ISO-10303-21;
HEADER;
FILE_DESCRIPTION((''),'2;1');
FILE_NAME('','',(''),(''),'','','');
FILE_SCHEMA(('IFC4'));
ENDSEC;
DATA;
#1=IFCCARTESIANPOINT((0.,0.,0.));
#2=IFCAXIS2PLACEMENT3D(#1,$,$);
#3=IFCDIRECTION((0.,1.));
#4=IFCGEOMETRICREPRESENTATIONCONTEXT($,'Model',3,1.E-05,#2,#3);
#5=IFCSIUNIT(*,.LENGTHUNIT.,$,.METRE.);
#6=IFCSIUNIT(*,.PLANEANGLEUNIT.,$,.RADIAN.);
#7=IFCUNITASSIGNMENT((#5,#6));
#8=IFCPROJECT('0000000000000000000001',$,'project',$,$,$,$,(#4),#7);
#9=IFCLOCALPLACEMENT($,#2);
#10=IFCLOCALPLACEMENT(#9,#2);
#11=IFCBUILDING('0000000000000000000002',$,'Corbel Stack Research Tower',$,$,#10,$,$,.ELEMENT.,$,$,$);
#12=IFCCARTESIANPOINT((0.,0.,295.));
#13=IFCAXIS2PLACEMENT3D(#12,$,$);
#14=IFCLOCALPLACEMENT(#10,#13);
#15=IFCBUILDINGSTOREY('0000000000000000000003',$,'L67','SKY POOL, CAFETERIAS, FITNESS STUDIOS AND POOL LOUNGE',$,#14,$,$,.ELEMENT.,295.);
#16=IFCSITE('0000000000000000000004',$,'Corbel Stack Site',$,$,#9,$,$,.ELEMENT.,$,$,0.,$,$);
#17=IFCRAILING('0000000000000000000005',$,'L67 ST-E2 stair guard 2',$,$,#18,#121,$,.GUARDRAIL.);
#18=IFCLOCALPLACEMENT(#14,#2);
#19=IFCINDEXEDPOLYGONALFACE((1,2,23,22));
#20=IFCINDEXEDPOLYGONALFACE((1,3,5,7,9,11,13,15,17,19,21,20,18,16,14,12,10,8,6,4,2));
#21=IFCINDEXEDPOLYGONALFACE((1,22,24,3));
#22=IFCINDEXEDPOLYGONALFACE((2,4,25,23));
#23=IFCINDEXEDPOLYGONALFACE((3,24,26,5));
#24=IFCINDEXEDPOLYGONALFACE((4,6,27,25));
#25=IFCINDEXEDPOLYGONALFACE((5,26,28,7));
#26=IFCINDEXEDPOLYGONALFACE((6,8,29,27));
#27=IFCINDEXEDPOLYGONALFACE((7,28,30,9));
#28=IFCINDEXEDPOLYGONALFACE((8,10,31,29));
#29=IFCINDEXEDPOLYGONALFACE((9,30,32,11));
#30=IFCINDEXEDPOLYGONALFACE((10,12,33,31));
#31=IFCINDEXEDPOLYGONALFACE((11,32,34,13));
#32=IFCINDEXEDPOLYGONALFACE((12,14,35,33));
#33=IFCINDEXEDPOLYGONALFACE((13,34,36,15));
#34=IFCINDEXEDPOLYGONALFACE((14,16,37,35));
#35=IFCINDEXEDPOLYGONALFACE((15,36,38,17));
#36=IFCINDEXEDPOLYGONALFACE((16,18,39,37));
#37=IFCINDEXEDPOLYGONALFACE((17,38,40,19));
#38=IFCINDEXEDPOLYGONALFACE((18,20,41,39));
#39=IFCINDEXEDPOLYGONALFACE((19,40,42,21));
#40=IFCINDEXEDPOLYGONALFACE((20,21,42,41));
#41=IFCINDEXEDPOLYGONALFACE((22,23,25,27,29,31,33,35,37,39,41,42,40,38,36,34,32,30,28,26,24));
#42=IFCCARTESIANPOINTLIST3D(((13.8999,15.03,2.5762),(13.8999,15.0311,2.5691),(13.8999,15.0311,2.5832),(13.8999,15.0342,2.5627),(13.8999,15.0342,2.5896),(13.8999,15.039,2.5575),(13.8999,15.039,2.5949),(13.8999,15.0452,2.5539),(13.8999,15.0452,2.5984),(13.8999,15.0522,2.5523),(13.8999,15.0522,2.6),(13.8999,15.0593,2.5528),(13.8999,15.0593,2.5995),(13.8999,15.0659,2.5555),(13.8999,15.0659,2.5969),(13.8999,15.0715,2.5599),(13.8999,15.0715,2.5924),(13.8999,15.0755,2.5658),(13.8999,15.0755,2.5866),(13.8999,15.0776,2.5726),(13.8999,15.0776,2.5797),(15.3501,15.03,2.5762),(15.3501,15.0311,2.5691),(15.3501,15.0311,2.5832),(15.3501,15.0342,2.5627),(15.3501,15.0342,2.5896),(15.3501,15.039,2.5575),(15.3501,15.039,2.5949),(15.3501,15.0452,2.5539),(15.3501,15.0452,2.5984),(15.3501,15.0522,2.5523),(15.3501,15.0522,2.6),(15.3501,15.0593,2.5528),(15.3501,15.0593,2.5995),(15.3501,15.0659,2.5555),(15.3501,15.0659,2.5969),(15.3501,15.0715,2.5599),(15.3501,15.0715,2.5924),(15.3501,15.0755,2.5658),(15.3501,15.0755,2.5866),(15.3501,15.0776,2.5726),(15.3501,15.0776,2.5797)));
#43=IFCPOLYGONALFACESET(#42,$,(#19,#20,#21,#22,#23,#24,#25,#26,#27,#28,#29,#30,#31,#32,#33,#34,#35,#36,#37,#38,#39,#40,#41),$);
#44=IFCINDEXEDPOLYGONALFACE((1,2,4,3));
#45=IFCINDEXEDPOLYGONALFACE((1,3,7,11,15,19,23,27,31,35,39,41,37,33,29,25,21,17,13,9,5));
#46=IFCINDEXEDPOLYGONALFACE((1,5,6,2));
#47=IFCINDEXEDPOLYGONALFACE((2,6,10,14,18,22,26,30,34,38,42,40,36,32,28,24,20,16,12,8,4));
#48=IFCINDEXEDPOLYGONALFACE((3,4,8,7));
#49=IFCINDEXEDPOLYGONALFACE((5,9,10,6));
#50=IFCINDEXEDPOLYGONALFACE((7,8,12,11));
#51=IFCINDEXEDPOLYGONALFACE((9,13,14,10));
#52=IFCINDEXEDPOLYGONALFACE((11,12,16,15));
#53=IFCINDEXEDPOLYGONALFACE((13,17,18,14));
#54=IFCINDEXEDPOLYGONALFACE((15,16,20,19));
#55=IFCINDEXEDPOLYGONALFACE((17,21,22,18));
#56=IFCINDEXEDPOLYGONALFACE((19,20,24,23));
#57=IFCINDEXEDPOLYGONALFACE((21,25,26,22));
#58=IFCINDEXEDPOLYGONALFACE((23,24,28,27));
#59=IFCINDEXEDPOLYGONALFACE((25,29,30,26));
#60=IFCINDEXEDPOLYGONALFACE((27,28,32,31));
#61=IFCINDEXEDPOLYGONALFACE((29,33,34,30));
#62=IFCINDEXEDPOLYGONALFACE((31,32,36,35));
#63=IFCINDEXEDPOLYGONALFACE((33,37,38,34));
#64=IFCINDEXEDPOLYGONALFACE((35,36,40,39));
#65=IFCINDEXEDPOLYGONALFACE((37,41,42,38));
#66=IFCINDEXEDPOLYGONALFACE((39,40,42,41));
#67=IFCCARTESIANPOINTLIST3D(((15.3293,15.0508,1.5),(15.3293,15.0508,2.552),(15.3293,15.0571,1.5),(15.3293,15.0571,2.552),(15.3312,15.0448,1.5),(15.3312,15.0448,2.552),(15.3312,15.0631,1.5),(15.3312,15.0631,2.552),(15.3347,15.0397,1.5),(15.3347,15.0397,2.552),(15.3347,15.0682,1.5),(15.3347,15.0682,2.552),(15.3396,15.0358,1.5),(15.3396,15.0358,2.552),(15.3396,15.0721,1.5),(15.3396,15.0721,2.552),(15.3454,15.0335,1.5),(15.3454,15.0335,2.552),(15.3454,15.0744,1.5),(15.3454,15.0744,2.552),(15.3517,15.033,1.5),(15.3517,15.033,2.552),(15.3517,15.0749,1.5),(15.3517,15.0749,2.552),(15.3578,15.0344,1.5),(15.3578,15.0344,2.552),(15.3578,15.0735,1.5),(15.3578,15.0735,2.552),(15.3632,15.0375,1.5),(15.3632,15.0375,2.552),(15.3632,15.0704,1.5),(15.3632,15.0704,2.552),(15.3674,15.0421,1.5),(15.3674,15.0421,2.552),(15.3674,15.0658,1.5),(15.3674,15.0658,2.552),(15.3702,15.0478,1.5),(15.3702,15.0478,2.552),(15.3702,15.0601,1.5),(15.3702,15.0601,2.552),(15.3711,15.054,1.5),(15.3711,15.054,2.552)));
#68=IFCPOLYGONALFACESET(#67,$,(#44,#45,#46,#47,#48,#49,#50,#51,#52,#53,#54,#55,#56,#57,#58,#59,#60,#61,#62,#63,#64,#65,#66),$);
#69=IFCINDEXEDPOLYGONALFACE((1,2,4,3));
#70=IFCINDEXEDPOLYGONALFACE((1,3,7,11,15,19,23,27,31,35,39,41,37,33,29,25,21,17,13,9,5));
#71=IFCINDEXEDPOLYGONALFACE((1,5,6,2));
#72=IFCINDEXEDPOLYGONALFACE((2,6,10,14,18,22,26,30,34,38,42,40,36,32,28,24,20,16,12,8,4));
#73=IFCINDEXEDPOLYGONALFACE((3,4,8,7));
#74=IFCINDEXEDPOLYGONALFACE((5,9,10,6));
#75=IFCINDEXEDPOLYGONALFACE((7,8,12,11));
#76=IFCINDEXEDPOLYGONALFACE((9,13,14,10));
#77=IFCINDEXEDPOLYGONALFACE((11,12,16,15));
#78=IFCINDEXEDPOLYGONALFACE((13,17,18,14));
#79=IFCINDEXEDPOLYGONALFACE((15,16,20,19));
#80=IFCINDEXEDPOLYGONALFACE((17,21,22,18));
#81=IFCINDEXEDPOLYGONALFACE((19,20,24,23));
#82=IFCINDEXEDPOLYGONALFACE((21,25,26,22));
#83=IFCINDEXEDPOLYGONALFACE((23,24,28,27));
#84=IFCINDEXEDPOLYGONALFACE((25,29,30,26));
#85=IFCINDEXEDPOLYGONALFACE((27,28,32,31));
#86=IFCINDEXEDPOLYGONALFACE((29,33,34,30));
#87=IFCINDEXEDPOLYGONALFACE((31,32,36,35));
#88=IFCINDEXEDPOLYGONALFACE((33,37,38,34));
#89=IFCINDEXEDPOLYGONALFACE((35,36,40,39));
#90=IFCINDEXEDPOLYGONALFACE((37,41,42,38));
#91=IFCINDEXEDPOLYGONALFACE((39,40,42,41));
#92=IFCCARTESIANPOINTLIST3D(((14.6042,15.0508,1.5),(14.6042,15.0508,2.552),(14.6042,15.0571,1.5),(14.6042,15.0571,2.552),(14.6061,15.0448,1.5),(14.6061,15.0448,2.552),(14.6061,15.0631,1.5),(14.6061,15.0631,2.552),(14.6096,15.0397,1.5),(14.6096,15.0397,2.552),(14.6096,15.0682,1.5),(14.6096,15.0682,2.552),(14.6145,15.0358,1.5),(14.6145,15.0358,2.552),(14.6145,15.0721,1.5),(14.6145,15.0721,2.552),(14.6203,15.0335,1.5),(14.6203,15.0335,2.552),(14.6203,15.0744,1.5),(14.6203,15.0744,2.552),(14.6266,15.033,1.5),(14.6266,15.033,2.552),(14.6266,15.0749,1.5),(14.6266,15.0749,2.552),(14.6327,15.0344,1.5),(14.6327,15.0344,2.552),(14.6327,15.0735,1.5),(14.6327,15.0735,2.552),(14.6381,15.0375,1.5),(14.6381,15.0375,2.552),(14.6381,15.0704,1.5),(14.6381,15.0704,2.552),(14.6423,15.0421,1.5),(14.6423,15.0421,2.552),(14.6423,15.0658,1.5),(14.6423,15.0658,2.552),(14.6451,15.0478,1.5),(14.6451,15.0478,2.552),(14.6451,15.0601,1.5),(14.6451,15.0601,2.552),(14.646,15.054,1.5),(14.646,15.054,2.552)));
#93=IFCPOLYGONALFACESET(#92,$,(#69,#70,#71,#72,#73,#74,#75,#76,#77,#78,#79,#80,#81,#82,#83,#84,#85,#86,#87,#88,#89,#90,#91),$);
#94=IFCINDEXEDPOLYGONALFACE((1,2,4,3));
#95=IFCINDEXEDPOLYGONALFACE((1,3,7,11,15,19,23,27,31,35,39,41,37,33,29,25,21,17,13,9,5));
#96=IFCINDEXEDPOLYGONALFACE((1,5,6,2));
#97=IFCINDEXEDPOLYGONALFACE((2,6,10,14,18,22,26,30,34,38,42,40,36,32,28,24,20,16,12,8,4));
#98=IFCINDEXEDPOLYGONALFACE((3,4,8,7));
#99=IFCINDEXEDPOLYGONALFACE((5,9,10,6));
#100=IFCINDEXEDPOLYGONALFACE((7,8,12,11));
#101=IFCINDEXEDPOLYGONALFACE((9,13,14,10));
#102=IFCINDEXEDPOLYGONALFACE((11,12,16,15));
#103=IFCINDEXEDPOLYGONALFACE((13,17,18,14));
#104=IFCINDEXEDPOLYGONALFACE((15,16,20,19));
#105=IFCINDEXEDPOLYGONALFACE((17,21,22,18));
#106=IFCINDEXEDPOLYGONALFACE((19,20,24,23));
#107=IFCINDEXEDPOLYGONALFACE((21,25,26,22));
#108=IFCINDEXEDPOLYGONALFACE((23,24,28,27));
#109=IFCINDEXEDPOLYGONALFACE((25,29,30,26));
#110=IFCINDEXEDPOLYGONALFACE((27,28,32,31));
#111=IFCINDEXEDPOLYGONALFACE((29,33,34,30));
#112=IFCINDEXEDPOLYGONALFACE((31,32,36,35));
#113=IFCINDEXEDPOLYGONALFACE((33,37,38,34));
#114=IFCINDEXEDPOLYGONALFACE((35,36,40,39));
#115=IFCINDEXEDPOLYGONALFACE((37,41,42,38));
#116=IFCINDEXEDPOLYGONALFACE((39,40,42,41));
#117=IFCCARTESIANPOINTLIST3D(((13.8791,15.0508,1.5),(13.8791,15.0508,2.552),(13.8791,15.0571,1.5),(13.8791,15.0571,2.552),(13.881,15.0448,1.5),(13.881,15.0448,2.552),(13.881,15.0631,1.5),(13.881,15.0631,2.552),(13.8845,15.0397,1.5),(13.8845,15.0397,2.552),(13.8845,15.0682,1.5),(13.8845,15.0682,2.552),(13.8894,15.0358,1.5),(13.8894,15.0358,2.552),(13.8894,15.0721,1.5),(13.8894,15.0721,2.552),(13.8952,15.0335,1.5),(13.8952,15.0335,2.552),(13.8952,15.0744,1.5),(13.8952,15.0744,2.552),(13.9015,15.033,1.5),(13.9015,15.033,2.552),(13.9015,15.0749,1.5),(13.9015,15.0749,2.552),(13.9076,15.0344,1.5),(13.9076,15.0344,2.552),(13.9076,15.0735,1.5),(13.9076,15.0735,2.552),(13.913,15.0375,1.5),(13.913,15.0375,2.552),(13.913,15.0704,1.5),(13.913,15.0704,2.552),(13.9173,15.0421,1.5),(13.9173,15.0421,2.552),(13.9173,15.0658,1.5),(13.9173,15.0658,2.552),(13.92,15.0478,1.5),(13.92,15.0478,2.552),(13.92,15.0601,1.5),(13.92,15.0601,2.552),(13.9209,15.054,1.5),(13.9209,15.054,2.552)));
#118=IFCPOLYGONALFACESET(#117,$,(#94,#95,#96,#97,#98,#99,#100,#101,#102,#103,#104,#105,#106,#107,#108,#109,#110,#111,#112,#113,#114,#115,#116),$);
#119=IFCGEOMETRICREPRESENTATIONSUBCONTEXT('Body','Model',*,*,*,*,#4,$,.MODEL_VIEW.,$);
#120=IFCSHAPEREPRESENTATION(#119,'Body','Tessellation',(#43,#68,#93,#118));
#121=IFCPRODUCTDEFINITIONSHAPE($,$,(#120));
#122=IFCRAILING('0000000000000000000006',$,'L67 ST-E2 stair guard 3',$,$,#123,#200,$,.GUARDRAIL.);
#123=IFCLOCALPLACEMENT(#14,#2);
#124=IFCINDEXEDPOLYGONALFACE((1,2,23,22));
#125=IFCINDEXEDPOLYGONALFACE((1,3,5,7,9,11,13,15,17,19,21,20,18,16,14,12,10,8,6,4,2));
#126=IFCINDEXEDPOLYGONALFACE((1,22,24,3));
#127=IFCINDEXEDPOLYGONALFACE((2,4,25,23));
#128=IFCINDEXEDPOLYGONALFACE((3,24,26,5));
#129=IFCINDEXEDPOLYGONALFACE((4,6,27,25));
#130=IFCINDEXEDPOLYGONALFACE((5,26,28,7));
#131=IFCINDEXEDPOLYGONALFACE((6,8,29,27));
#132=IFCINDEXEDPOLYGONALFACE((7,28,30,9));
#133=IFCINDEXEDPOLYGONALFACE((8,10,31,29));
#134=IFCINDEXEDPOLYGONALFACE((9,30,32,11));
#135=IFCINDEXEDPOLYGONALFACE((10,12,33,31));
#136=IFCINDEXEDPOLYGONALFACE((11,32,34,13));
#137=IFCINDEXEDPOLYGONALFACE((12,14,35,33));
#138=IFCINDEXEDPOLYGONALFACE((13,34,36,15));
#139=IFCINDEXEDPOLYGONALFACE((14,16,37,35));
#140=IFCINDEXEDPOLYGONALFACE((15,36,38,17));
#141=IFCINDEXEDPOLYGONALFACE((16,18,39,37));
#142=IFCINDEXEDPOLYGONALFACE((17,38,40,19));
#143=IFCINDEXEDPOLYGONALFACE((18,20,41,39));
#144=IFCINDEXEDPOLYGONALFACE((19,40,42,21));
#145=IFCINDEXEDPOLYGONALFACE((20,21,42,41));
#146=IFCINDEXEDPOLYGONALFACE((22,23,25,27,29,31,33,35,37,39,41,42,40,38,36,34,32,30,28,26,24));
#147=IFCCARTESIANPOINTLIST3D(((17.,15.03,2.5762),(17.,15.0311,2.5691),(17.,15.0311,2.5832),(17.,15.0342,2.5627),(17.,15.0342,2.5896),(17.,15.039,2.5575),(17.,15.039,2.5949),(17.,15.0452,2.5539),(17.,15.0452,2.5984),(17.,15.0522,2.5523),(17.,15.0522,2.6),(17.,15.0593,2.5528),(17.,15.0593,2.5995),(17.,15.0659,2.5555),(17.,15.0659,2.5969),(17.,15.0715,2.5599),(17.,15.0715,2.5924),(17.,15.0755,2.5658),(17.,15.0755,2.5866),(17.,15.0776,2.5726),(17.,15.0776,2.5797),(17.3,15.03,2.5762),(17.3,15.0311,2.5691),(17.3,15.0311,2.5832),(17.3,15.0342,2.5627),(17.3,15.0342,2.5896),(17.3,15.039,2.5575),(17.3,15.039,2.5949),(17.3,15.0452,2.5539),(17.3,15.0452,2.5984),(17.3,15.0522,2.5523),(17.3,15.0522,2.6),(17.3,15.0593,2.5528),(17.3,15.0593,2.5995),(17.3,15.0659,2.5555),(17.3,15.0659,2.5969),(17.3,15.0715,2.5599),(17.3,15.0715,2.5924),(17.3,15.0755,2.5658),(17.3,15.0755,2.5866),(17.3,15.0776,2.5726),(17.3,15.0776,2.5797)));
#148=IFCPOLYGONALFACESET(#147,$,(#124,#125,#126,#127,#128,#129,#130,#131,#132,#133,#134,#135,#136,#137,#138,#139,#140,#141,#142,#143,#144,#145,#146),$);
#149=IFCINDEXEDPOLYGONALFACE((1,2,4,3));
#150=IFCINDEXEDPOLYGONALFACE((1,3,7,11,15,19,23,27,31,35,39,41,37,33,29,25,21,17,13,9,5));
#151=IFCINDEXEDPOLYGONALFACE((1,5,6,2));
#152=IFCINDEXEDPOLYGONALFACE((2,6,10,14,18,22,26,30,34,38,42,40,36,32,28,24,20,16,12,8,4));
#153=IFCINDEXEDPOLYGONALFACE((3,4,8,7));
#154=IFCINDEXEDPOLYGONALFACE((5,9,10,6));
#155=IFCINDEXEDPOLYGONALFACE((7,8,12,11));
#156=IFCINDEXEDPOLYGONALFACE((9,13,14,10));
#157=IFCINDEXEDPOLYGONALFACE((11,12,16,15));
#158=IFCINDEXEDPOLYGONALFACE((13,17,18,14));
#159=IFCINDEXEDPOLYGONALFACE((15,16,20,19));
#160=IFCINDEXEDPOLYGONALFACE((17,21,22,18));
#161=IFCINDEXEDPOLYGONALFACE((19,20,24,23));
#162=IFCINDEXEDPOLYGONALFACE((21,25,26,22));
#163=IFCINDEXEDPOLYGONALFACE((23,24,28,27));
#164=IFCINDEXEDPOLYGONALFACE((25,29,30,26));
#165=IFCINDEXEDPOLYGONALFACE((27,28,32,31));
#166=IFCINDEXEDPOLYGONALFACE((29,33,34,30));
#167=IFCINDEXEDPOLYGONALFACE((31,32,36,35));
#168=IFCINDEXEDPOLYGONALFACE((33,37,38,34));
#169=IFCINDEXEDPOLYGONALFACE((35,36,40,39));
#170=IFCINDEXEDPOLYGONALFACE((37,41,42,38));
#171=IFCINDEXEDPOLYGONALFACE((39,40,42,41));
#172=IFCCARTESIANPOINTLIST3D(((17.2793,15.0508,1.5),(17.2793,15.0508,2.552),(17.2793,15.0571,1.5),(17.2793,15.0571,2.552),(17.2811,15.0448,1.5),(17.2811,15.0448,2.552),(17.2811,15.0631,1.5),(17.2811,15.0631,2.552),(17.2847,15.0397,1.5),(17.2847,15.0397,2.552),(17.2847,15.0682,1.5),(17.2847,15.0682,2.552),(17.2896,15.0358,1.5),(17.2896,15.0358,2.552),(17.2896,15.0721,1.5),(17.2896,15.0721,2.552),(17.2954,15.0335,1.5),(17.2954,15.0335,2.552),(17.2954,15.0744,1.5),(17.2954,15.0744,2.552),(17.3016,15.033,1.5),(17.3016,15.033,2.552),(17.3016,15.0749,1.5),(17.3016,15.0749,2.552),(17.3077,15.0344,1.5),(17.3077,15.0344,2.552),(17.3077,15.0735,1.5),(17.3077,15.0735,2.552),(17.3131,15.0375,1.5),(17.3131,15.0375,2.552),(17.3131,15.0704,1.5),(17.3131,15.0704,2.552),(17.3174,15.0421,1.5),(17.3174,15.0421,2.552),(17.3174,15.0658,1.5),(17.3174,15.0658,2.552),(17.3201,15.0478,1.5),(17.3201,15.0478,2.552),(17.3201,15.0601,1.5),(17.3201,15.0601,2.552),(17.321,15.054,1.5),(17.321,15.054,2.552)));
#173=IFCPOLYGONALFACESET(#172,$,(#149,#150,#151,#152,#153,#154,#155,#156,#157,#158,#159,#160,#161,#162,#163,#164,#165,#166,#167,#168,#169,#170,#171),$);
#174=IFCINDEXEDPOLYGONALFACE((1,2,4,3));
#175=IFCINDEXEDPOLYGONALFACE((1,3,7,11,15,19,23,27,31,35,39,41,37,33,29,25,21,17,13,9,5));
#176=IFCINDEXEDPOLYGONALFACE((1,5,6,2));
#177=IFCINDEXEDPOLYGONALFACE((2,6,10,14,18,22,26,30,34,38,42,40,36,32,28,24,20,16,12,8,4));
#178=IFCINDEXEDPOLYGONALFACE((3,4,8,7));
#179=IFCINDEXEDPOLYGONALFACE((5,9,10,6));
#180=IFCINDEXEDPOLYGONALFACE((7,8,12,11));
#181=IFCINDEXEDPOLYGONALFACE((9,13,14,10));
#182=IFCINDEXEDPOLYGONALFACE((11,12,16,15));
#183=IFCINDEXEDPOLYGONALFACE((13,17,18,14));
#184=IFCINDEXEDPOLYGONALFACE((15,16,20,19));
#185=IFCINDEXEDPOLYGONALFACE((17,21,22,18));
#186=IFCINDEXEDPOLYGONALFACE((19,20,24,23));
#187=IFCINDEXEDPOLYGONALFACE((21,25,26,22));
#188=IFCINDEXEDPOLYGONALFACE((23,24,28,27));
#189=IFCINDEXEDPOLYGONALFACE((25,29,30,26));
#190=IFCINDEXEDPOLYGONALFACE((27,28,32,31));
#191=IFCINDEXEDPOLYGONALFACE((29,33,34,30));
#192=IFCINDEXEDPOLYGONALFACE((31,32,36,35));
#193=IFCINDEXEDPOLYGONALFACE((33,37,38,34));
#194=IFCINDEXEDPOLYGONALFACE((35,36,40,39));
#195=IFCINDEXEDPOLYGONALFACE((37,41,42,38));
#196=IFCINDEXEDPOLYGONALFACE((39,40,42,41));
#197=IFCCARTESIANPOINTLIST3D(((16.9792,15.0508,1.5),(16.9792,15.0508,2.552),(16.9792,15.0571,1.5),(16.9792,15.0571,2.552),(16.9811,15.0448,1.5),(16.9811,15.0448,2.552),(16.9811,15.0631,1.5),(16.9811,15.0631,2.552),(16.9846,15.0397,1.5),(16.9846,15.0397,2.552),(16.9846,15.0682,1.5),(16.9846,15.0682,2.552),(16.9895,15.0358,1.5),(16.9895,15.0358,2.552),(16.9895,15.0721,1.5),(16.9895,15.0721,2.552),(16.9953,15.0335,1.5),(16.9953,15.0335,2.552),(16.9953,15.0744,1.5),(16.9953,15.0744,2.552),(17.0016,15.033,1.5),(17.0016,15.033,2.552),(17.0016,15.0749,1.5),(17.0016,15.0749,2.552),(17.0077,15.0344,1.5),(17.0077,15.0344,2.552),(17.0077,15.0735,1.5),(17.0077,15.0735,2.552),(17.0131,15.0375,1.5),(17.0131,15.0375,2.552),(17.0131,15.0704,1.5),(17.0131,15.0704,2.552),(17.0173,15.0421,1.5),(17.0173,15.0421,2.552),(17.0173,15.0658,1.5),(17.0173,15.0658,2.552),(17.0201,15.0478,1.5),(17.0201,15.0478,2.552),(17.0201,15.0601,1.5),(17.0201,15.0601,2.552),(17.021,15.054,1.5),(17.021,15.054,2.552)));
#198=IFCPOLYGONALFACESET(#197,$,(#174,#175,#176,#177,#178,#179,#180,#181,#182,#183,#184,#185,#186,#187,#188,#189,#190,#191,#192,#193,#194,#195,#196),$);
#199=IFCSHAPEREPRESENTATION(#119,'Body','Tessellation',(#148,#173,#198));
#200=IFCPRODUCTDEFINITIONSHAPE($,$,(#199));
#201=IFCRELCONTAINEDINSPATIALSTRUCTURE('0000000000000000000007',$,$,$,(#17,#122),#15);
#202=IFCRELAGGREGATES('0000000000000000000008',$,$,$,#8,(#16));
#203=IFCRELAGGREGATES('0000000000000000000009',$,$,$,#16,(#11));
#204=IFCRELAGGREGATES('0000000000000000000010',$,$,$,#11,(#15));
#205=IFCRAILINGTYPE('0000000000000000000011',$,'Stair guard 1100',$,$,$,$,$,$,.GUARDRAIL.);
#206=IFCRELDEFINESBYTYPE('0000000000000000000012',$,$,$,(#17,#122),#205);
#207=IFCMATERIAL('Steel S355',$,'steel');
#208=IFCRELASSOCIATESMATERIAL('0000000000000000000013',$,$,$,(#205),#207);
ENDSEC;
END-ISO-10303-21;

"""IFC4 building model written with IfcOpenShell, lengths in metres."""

from ifc_helpers import new_model, si_unit, direction, frame, origin, origin_2d, place, context, subcontext, project, spatial, circle, extrude, material, type_object, element, save


model = new_model("IFC4")

# Units and contexts
model_context = context("Model", 3, precision=1e-05, world=origin(), true_north=direction((0.0, 1.0)))
body_context = subcontext(model_context, "Body", "Model", "MODEL_VIEW")
ifc_project = project(units=[si_unit("LENGTHUNIT", "METRE"), si_unit("PLANEANGLEUNIT", "RADIAN")], contexts=[model_context])

# Site, building, storey
site_placement = place(None, origin())
site = spatial("IfcSite", under=ifc_project, at=site_placement, Name="Corbel Stack Site", CompositionType="ELEMENT", RefElevation=0.0)
building_placement = place(site_placement, origin())
building = spatial("IfcBuilding", under=site, at=building_placement, Name="Corbel Stack Research Tower", CompositionType="ELEMENT")
storey_placement = place(building_placement, frame((0.0, 0.0, 295.0)))
storey = spatial("IfcBuildingStorey", under=building, at=storey_placement, Name="L67", Description="SKY POOL, CAFETERIAS, FITNESS STUDIOS AND POOL LOUNGE", CompositionType="ELEMENT", Elevation=295.0)

# Railings
ifc_material_1 = material(Name="Steel S355", Category="steel")
railing_type_1 = type_object("IfcRailingType", Name="Stair guard 1100", PredefinedType="GUARDRAIL", material=ifc_material_1)
railing_1_placement = place(storey_placement, frame((15.3501, 15.054, 1.5)))
element("IfcRailing", 1, at=railing_1_placement, inside=storey, type_object=railing_type_1, Name="L67 ST-E2 stair guard 2", PredefinedType="GUARDRAIL", context=body_context, shape_type="SweptSolid", body=[
    extrude(circle(Radius=0.0239, at=origin_2d()), frame((0.0, 0.0, 1.0762), z_axis=(-1.0, 0.0, 0.0), x_axis=(0.0, -1.0, 0.0)), (0.0, 0.0, 1.0), 1.4502),
    extrude(circle(Radius=0.021, at=origin_2d()), origin(), (0.0, 0.0, 1.0), 1.052),
    extrude(circle(Radius=0.021, at=origin_2d()), frame((-0.7251, 0.0, 0.0)), (0.0, 0.0, 1.0), 1.052),
    extrude(circle(Radius=0.021, at=origin_2d()), frame((-1.4502, 0.0, 0.0)), (0.0, 0.0, 1.0), 1.052),
])
railing_2_placement = place(storey_placement, frame((17.3, 15.054, 1.5)))
element("IfcRailing", 2, at=railing_2_placement, inside=storey, type_object=railing_type_1, Name="L67 ST-E2 stair guard 3", PredefinedType="GUARDRAIL", context=body_context, shape_type="SweptSolid", body=[
    extrude(circle(Radius=0.0239, at=origin_2d()), frame((0.0, 0.0, 1.0762), z_axis=(-1.0, 0.0, 0.0), x_axis=(0.0, -1.0, 0.0)), (0.0, 0.0, 1.0), 0.3),
    extrude(circle(Radius=0.021, at=origin_2d()), origin(), (0.0, 0.0, 1.0), 1.052),
    extrude(circle(Radius=0.021, at=origin_2d()), frame((-0.3, 0.0, 0.0)), (0.0, 0.0, 1.0), 1.052),
])

save(model, "model.ifc")
